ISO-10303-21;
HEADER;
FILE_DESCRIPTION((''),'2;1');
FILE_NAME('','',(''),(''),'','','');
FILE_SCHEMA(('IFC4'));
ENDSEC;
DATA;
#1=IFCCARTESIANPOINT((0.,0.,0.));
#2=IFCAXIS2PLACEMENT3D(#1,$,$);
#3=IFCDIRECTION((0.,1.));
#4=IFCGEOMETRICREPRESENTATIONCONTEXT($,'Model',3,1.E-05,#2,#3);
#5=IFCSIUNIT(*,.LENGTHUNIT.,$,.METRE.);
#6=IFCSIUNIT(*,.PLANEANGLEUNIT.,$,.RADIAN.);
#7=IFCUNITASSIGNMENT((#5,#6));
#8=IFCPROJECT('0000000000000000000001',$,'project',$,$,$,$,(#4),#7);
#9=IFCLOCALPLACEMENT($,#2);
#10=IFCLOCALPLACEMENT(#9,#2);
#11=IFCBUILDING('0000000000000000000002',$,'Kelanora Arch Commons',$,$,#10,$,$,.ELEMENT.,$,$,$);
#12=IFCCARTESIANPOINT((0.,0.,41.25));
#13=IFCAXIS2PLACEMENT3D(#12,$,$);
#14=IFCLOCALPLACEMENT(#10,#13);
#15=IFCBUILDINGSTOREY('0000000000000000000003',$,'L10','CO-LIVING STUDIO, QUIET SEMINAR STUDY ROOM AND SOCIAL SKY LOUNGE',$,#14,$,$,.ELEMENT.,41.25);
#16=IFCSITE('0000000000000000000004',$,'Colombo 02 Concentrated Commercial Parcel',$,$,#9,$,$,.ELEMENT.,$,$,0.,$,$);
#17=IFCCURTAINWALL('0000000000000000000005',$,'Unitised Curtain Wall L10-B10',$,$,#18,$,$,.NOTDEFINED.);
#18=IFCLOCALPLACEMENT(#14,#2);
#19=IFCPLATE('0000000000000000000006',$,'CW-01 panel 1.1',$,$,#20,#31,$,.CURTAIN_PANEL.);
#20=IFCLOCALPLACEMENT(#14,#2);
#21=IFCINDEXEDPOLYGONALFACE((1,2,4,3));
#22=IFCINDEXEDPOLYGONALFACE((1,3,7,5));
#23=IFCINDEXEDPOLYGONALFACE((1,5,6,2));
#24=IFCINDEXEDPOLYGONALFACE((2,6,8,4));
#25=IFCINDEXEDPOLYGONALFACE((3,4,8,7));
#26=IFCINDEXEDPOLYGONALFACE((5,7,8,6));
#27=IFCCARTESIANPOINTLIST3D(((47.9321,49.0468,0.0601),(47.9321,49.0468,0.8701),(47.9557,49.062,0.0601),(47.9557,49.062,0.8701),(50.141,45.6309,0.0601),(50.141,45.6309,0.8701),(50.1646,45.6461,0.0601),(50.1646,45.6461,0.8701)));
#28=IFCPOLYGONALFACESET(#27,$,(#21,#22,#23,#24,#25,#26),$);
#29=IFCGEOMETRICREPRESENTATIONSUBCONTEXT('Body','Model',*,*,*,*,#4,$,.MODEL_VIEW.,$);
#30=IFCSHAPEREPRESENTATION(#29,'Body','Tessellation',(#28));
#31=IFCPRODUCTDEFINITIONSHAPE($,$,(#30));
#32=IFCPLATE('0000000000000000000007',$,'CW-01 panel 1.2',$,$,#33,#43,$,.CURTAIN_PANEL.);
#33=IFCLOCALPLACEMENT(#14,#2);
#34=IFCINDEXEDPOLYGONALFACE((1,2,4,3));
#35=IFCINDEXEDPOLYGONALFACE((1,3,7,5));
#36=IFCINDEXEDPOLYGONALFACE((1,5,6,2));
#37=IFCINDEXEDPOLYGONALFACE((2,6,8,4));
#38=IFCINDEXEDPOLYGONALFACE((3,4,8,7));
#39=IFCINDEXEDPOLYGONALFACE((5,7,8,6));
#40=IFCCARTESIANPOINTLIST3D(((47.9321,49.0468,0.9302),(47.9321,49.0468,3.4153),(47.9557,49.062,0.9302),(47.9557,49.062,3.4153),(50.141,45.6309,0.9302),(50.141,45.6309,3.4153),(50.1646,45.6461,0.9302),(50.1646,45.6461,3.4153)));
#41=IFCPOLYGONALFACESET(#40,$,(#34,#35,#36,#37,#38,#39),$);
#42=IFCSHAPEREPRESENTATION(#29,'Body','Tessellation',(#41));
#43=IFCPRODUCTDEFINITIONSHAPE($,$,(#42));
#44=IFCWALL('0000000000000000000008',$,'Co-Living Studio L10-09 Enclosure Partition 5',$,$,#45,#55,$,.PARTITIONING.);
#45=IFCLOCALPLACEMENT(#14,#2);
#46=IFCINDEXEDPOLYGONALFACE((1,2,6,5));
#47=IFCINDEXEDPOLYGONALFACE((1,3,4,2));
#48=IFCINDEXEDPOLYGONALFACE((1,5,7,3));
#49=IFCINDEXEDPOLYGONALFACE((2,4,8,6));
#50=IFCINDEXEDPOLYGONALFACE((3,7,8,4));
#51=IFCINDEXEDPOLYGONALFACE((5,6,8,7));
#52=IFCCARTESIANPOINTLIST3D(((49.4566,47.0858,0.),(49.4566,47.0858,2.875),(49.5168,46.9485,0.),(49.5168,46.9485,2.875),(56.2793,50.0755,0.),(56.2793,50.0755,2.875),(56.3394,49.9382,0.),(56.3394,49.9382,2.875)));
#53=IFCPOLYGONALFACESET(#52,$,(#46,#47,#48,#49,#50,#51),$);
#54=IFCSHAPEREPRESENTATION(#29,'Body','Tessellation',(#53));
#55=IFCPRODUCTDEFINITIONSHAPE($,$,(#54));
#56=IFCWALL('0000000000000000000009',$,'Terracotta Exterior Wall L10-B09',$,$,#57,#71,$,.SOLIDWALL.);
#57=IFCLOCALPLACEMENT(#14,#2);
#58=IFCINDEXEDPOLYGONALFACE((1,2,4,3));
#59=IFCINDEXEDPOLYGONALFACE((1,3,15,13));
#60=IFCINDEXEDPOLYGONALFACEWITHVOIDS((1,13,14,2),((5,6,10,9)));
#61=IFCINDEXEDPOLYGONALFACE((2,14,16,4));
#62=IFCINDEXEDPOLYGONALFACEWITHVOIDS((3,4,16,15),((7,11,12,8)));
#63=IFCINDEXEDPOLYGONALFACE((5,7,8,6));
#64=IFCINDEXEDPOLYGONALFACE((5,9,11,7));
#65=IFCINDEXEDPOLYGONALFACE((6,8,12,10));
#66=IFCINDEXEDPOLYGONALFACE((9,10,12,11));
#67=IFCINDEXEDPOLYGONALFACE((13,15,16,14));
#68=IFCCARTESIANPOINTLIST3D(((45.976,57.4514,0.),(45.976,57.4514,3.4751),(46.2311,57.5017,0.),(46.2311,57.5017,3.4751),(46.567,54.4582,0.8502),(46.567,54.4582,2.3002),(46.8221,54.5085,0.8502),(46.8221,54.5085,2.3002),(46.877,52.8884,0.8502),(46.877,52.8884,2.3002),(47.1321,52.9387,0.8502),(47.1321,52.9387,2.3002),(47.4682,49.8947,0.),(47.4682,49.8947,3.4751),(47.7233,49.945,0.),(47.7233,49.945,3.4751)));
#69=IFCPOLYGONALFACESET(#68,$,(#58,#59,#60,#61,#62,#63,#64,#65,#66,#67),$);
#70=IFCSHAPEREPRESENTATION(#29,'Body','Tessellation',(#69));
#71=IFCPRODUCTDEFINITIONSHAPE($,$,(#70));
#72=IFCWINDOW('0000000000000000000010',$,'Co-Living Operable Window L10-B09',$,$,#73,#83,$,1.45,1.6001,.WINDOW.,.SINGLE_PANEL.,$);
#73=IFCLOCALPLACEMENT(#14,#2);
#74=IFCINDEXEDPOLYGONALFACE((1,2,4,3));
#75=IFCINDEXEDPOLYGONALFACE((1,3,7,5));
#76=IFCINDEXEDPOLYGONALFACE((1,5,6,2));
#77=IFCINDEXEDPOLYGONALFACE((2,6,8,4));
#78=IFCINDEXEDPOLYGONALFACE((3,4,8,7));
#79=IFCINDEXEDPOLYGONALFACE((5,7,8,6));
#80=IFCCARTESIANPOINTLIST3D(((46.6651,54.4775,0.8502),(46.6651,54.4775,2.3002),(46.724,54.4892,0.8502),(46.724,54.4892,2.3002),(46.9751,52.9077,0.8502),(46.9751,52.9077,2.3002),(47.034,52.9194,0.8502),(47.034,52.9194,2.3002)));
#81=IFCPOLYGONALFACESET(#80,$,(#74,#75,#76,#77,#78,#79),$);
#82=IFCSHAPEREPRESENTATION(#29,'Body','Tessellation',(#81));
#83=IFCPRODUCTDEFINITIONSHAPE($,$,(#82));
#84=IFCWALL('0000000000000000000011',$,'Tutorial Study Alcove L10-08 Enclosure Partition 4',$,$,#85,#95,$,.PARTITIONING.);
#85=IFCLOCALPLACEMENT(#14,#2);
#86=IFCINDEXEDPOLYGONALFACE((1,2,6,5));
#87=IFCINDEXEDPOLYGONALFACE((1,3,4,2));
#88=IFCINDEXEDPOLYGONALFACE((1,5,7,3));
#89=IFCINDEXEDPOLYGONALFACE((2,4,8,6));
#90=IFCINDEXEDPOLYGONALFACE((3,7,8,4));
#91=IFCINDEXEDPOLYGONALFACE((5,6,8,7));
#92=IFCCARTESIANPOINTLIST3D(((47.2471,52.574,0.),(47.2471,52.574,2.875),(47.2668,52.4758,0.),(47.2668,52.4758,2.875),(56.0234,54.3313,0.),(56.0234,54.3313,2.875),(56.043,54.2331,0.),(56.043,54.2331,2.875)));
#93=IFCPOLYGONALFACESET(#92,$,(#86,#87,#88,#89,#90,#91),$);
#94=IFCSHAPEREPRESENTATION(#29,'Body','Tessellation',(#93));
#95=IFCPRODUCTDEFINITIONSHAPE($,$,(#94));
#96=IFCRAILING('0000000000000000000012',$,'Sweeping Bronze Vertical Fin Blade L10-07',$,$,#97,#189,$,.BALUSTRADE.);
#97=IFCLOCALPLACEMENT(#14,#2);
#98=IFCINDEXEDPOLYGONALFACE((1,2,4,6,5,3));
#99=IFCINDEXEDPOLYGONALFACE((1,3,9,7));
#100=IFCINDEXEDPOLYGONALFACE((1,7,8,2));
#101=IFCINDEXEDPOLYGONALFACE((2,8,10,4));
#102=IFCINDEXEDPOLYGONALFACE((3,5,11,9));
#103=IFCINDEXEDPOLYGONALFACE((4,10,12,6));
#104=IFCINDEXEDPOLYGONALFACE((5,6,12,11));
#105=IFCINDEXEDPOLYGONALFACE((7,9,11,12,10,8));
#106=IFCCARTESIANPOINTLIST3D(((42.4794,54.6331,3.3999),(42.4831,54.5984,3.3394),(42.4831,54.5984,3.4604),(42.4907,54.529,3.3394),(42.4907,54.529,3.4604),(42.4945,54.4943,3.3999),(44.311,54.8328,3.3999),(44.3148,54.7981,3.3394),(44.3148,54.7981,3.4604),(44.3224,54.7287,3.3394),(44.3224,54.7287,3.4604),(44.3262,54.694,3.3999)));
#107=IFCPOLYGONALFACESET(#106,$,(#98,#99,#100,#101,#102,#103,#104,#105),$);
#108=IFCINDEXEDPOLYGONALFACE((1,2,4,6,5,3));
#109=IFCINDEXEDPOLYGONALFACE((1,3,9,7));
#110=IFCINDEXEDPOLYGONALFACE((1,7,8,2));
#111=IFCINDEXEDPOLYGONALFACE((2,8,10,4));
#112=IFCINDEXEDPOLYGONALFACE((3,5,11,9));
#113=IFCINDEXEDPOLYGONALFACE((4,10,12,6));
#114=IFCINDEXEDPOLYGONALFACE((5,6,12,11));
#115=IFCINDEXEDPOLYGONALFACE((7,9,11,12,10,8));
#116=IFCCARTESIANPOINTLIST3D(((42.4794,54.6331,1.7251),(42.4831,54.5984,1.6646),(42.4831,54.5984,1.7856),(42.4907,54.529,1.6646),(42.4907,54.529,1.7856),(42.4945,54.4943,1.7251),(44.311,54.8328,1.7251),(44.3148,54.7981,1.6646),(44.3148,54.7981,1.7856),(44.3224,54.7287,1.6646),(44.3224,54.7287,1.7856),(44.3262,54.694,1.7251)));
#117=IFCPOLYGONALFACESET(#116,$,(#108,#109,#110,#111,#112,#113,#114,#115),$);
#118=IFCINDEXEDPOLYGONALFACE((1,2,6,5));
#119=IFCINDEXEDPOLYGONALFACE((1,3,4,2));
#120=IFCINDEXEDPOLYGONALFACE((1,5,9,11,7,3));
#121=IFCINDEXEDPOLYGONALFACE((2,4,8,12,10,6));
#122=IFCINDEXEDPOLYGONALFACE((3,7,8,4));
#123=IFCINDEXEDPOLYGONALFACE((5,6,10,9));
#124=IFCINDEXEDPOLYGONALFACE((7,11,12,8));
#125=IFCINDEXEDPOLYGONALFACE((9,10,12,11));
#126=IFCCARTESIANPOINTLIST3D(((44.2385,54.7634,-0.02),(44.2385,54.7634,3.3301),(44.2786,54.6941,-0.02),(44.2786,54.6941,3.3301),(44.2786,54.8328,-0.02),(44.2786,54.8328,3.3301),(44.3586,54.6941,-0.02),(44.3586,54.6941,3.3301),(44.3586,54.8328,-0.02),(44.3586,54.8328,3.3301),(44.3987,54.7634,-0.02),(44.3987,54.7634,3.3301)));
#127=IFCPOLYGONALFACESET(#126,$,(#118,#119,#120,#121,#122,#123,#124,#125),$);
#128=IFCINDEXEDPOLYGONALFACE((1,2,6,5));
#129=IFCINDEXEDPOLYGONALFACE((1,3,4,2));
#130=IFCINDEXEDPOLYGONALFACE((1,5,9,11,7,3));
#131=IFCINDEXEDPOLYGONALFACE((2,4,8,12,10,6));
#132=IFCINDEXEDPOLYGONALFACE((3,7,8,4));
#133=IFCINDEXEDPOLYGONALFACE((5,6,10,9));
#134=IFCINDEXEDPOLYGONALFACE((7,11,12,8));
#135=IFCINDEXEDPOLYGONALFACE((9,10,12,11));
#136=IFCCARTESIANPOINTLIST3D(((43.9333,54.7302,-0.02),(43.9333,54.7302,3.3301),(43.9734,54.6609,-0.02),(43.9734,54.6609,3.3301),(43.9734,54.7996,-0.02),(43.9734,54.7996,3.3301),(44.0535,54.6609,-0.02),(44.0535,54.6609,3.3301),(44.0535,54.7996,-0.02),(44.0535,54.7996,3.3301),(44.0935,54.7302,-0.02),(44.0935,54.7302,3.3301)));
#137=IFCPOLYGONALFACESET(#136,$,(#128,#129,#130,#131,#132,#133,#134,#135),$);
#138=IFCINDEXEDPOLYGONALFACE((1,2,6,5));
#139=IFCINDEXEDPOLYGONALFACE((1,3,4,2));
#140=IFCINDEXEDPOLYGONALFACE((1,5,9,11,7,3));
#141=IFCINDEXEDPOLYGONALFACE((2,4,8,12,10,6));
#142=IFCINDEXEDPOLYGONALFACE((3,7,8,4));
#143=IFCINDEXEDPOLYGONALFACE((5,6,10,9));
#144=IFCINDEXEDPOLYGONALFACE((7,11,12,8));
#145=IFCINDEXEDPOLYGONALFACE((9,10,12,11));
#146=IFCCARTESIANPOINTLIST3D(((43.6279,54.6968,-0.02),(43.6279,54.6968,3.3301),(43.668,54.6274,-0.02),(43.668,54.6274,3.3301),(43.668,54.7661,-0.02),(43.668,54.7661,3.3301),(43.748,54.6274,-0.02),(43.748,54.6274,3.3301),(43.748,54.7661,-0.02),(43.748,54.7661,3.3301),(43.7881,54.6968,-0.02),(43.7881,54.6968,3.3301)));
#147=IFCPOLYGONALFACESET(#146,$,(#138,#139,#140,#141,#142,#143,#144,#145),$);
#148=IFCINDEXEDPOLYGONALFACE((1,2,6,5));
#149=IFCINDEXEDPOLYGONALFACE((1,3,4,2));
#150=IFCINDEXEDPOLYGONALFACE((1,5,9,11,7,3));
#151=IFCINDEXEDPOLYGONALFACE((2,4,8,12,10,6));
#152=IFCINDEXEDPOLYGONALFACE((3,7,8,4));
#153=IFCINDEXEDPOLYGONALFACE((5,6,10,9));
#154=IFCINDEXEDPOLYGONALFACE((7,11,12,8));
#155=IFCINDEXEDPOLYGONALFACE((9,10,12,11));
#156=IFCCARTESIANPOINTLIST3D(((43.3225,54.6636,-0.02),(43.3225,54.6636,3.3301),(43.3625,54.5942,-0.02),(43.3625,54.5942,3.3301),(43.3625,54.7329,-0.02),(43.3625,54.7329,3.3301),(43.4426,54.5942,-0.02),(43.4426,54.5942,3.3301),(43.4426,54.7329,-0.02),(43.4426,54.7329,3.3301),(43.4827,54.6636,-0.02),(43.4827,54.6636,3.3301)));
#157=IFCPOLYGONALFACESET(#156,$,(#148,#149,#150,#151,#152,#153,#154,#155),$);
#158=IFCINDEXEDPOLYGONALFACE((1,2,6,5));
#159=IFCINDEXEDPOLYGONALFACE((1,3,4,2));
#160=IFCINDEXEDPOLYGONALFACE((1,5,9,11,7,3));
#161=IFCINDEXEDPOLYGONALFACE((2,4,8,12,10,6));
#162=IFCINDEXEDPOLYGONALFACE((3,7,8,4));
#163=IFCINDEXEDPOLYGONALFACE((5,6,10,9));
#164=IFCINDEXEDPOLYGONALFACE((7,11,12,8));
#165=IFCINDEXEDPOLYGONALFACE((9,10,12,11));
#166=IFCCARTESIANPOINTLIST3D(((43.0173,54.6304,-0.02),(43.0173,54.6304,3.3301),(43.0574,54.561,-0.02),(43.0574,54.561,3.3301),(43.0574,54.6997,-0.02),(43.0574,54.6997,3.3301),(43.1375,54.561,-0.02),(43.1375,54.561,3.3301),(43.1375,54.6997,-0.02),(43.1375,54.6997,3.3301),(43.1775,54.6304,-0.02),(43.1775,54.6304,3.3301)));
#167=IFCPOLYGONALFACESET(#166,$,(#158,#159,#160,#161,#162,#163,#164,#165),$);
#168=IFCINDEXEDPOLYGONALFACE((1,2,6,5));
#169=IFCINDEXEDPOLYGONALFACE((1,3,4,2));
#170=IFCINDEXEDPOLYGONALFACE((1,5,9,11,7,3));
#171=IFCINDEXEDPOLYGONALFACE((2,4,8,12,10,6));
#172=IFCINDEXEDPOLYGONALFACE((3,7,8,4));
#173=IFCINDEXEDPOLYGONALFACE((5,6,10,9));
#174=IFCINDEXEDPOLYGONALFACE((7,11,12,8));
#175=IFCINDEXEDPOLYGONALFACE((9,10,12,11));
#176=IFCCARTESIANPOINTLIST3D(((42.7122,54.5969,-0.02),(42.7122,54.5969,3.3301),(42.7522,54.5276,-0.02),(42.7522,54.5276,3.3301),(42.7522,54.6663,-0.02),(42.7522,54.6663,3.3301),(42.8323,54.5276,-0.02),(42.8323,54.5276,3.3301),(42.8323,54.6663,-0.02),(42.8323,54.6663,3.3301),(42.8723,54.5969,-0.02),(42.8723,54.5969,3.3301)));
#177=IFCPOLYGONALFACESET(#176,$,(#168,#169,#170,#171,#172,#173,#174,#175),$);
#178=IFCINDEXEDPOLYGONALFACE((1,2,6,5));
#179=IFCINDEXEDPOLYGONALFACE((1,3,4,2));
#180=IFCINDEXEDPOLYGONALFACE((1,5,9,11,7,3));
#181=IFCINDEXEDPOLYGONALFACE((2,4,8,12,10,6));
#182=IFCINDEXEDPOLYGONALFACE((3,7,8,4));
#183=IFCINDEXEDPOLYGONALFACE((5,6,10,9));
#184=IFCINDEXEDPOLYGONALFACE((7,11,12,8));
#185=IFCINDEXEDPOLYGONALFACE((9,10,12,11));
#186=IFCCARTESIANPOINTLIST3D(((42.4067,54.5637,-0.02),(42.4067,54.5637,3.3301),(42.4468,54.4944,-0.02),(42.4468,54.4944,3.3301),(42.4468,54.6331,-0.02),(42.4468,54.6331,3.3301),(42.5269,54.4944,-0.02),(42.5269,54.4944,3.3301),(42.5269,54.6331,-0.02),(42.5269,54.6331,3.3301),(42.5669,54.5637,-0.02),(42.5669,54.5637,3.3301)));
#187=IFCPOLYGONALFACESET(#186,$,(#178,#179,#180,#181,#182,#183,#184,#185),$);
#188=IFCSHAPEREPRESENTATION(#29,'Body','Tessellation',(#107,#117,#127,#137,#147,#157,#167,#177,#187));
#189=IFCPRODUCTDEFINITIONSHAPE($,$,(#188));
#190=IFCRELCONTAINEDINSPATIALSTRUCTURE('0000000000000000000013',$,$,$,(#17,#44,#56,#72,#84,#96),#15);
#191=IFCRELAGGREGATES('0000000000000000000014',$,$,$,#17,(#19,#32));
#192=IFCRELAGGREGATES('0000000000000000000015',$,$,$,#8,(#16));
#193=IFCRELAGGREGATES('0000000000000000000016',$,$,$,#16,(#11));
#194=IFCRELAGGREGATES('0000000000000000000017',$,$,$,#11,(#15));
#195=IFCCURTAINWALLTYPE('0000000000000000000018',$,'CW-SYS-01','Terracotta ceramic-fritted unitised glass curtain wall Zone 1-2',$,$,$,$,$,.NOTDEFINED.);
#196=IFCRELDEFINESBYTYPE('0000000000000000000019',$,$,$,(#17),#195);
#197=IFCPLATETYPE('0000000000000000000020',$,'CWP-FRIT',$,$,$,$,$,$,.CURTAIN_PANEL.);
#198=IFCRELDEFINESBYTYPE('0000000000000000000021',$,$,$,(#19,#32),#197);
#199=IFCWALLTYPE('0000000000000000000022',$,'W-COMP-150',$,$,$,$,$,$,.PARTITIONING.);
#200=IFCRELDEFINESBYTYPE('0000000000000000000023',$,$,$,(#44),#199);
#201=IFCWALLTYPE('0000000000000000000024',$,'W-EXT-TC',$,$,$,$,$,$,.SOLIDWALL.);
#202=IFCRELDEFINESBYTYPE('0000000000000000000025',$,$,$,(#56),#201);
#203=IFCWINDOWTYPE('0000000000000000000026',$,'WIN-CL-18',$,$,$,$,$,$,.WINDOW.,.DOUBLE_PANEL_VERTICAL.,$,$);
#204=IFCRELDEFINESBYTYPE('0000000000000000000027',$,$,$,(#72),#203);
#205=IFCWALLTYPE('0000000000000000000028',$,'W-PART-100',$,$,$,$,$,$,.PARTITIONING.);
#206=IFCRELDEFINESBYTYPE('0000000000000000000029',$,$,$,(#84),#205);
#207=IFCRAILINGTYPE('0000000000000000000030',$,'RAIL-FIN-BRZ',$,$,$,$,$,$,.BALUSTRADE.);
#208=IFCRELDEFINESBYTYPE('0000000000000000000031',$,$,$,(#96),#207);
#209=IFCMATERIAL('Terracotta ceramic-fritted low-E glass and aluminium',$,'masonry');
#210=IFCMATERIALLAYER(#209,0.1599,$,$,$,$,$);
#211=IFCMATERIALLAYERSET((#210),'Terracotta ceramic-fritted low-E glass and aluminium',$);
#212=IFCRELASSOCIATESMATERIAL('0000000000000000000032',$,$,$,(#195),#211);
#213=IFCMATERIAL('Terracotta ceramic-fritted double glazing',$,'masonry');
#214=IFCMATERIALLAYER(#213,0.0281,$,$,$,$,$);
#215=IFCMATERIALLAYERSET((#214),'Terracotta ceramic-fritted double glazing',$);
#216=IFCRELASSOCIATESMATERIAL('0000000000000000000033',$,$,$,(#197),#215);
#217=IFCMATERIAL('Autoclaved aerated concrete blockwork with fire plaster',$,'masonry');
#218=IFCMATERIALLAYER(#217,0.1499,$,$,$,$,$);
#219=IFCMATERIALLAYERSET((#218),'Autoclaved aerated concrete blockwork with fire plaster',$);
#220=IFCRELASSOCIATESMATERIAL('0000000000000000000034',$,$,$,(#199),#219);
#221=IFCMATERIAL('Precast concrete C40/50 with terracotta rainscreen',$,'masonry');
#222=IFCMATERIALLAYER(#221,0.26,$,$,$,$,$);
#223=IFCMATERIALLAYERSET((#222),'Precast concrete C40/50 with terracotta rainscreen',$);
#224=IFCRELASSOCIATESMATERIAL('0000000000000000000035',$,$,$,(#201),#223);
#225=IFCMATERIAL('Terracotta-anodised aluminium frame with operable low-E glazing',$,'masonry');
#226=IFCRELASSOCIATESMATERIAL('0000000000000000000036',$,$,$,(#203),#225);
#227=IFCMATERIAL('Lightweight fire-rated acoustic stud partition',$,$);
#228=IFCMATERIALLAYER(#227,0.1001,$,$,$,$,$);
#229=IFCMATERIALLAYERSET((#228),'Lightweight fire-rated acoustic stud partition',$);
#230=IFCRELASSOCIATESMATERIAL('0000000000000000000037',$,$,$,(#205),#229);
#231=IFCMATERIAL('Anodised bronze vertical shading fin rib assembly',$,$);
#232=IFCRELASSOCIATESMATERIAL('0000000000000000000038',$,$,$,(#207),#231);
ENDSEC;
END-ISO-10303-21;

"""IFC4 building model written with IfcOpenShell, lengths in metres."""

from ifc_helpers import new_model, si_unit, direction, frame, frame_2d, origin, origin_2d, place, context, subcontext, project, spatial, polyline, rectangle, outline, extrude, source, transform, mapped, material, layer, layer_set, type_object, element, fill, aggregate, save


model = new_model("IFC4")

# Units and contexts
model_context = context("Model", 3, precision=1e-05, world=origin(), true_north=direction((0.0, 1.0)))
body_context = subcontext(model_context, "Body", "Model", "MODEL_VIEW")
ifc_project = project(units=[si_unit("LENGTHUNIT", "METRE"), si_unit("PLANEANGLEUNIT", "RADIAN")], contexts=[model_context])

# Site, building, storey
site_placement = place(None, origin())
site = spatial("IfcSite", under=ifc_project, at=site_placement, Name="Colombo 02 Concentrated Commercial Parcel", CompositionType="ELEMENT", RefElevation=0.0)
building_placement = place(site_placement, origin())
building = spatial("IfcBuilding", under=site, at=building_placement, Name="Kelanora Arch Commons", CompositionType="ELEMENT")
storey_placement = place(building_placement, frame((0.0, 0.0, 41.25)))
storey = spatial("IfcBuildingStorey", under=building, at=storey_placement, Name="L10", Description="CO-LIVING STUDIO, QUIET SEMINAR STUDY ROOM AND SOCIAL SKY LOUNGE", CompositionType="ELEMENT", Elevation=41.25)

# Curtain wall
ifc_material_1 = material(Name="Terracotta ceramic-fritted low-E glass and aluminium", Category="masonry")
ifc_layer_1 = layer(ifc_material_1, 0.1599)
ifc_layer_set_1 = layer_set([ifc_layer_1], Name="Terracotta ceramic-fritted low-E glass and aluminium")
curtain_wall_type = type_object("IfcCurtainWallType", Name="CW-SYS-01", Description="Terracotta ceramic-fritted unitised glass curtain wall Zone 1-2", PredefinedType="NOTDEFINED", material=ifc_layer_set_1)
curtain_wall_placement = place(storey_placement, origin())
curtain_wall = element("IfcCurtainWall", 1, at=curtain_wall_placement, inside=storey, type_object=curtain_wall_type, Name="Unitised Curtain Wall L10-B10", PredefinedType="NOTDEFINED")

# Plates
ifc_material_2 = material(Name="Terracotta ceramic-fritted double glazing", Category="masonry")
ifc_layer_2 = layer(ifc_material_2, 0.0281)
ifc_layer_set_2 = layer_set([ifc_layer_2], Name="Terracotta ceramic-fritted double glazing")
plate_type = type_object("IfcPlateType", Name="CWP-FRIT", PredefinedType="CURTAIN_PANEL", material=ifc_layer_set_2)
shared_shape_1 = source(origin(), body_context, "Body", "SweptSolid", [
    extrude(rectangle(XDim=4.0679, YDim=0.0281, at=origin_2d()), origin(), (0.0, 0.0, 1.0), 0.8101),
])
plate_1_placement = place(storey_placement, frame((49.0483, 47.3464, 0.0601), z_axis=(0.0, 0.0, 1.0), x_axis=(0.543004, -0.83973, 0.0)))
plate_1 = element("IfcPlate", 2, at=plate_1_placement, type_object=plate_type, Name="CW-01 panel 1.1", PredefinedType="CURTAIN_PANEL", context=body_context, shape_type="MappedRepresentation", body=[
    mapped(shared_shape_1, transform((0.0, 0.0, 0.0), scale=1.0)),
])
shared_shape_2 = source(origin(), body_context, "Body", "SweptSolid", [
    extrude(rectangle(XDim=4.0679, YDim=0.0281, at=origin_2d()), origin(), (0.0, 0.0, 1.0), 2.4851),
])
plate_2_placement = place(storey_placement, frame((49.0483, 47.3464, 0.9302), z_axis=(0.0, 0.0, 1.0), x_axis=(0.543004, -0.83973, 0.0)))
plate_2 = element("IfcPlate", 3, at=plate_2_placement, type_object=plate_type, Name="CW-01 panel 1.2", PredefinedType="CURTAIN_PANEL", context=body_context, shape_type="MappedRepresentation", body=[
    mapped(shared_shape_2, transform((0.0, 0.0, 0.0), scale=1.0)),
])
aggregate(curtain_wall, [plate_1, plate_2])

# Wall
ifc_material_3 = material(Name="Autoclaved aerated concrete blockwork with fire plaster", Category="masonry")
ifc_layer_3 = layer(ifc_material_3, 0.1499)
ifc_layer_set_3 = layer_set([ifc_layer_3], Name="Autoclaved aerated concrete blockwork with fire plaster")
wall_type_1 = type_object("IfcWallType", Name="W-COMP-150", PredefinedType="PARTITIONING", material=ifc_layer_set_3)
wall_1_placement = place(storey_placement, frame((49.4866, 47.0171, 0.0), z_axis=(0.0, 0.0, 1.0), x_axis=(0.915921, 0.401359, 0.0)))
element("IfcWall", 4, at=wall_1_placement, inside=storey, type_object=wall_type_1, Name="Co-Living Studio L10-09 Enclosure Partition 5", PredefinedType="PARTITIONING", context=body_context, shape_type="SweptSolid", body=[
    extrude(rectangle(XDim=7.449, YDim=0.1499, at=frame_2d((3.7246, 0.0))), origin(), (0.0, 0.0, 1.0), 2.875),
])

# Wall, opening, window
ifc_material_4 = material(Name="Precast concrete C40/50 with terracotta rainscreen", Category="masonry")
ifc_layer_4 = layer(ifc_material_4, 0.26)
ifc_layer_set_4 = layer_set([ifc_layer_4], Name="Precast concrete C40/50 with terracotta rainscreen")
wall_type_2 = type_object("IfcWallType", Name="W-EXT-TC", PredefinedType="SOLIDWALL", material=ifc_layer_set_4)
wall_2_placement = place(storey_placement, frame((46.1035, 57.4766, 0.0), z_axis=(0.0, 0.0, 1.0), x_axis=(0.193726, -0.981056, 0.0)))
wall_2 = element("IfcWall", 5, at=wall_2_placement, inside=storey, type_object=wall_type_2, Name="Terracotta Exterior Wall L10-B09", PredefinedType="SOLIDWALL", context=body_context, shape_type="SweptSolid", body=[
    extrude(rectangle(XDim=7.7026, YDim=0.26, at=frame_2d((3.8513, 0.0))), origin(), (0.0, 0.0, 1.0), 3.4751),
])
opening_placement = place(wall_2_placement, frame((3.051, 0.0, 0.8501)))
opening = element("IfcOpeningElement", 6, at=opening_placement, cuts=wall_2, PredefinedType="OPENING", context=body_context, shape_type="SweptSolid", body=[
    extrude(rectangle(XDim=1.6001, YDim=1.45, at=frame_2d((0.8, 0.7251))), frame((0.0, 0.1401, 0.0), z_axis=(0.0, -1.0, 0.0), x_axis=(1.0, 0.0, 0.0)), (0.0, 0.0, 1.0), 0.28),
])
ifc_material_5 = material(Name="Terracotta-anodised aluminium frame with operable low-E glazing", Category="masonry")
window_type = type_object("IfcWindowType", Name="WIN-CL-18", PartitioningType="DOUBLE_PANEL_VERTICAL", PredefinedType="WINDOW", material=ifc_material_5)
window_placement = place(opening_placement, origin())
window = element("IfcWindow", 7, at=window_placement, inside=storey, type_object=window_type, Name="Co-Living Operable Window L10-B09", OverallHeight=1.45, OverallWidth=1.6001, PartitioningType="SINGLE_PANEL", PredefinedType="WINDOW", context=body_context, shape_type="SweptSolid", body=[
    extrude(rectangle(XDim=1.6001, YDim=1.45, at=frame_2d((0.8, 0.7251))), frame((0.0, 0.03, 0.0), z_axis=(0.0, -1.0, 0.0), x_axis=(1.0, 0.0, 0.0)), (0.0, 0.0, 1.0), 0.0601),
])
fill(opening, window)

# Wall
ifc_material_6 = material(Name="Lightweight fire-rated acoustic stud partition")
ifc_layer_5 = layer(ifc_material_6, 0.1001)
ifc_layer_set_5 = layer_set([ifc_layer_5], Name="Lightweight fire-rated acoustic stud partition")
wall_type_3 = type_object("IfcWallType", Name="W-PART-100", PredefinedType="PARTITIONING", material=ifc_layer_set_5)
wall_3_placement = place(storey_placement, frame((47.2571, 52.5249, 0.0), z_axis=(0.0, 0.0, 1.0), x_axis=(0.980536, 0.196342, 0.0)))
element("IfcWall", 8, at=wall_3_placement, inside=storey, type_object=wall_type_3, Name="Tutorial Study Alcove L10-08 Enclosure Partition 4", PredefinedType="PARTITIONING", context=body_context, shape_type="SweptSolid", body=[
    extrude(rectangle(XDim=8.9504, YDim=0.1001, at=frame_2d((4.4751, 0.0))), origin(), (0.0, 0.0, 1.0), 2.875),
])

# Railing
ifc_material_7 = material(Name="Anodised bronze vertical shading fin rib assembly")
railing_type = type_object("IfcRailingType", Name="RAIL-FIN-BRZ", PredefinedType="BALUSTRADE", material=ifc_material_7)
railing_1_placement = place(storey_placement, frame((44.3186, 54.7634, -0.02)))
element("IfcRailing", 9, at=railing_1_placement, inside=storey, type_object=railing_type, Name="Sweeping Bronze Vertical Fin Blade L10-07", PredefinedType="BALUSTRADE", context=body_context, shape_type="SweptSolid", body=[
    extrude(outline(polyline([(0.0698, 0.0), (0.0349, 0.0605), (-0.0349, 0.0605), (-0.0698, 0.0), (-0.0349, -0.0605), (0.0349, -0.0605), (0.0698, 0.0)])), frame((0.0, 0.0, 3.4199), z_axis=(-0.994109, -0.108381, 0.0), x_axis=(0.108381, -0.994109, 0.0)), (0.0, 0.0, 1.0), 1.8425),
    extrude(outline(polyline([(0.0698, 0.0), (0.0349, 0.0605), (-0.0349, 0.0605), (-0.0698, 0.0), (-0.0349, -0.0605), (0.0349, -0.0605), (0.0698, 0.0)])), frame((0.0, 0.0, 1.7451), z_axis=(-0.994109, -0.108381, 0.0), x_axis=(0.108381, -0.994109, 0.0)), (0.0, 0.0, 1.0), 1.8425),
    extrude(outline(polyline([(0.0801, 0.0), (0.04, 0.0693), (-0.04, 0.0693), (-0.0801, 0.0), (-0.04, -0.0693), (0.04, -0.0693), (0.0801, 0.0)])), origin(), (0.0, 0.0, 1.0), 3.3501),
    extrude(outline(polyline([(0.0801, 0.0), (0.04, 0.0693), (-0.04, 0.0693), (-0.0801, 0.0), (-0.04, -0.0693), (0.04, -0.0693), (0.0801, 0.0)])), frame((-0.3052, -0.0332, 0.0)), (0.0, 0.0, 1.0), 3.3501),
    extrude(outline(polyline([(0.0801, 0.0), (0.04, 0.0693), (-0.04, 0.0693), (-0.0801, 0.0), (-0.04, -0.0693), (0.04, -0.0693), (0.0801, 0.0)])), frame((-0.6106, -0.0667, 0.0)), (0.0, 0.0, 1.0), 3.3501),
    extrude(outline(polyline([(0.0801, 0.0), (0.04, 0.0693), (-0.04, 0.0693), (-0.0801, 0.0), (-0.04, -0.0693), (0.04, -0.0693), (0.0801, 0.0)])), frame((-0.916, -0.0999, 0.0)), (0.0, 0.0, 1.0), 3.3501),
    extrude(outline(polyline([(0.0801, 0.0), (0.04, 0.0693), (-0.04, 0.0693), (-0.0801, 0.0), (-0.04, -0.0693), (0.04, -0.0693), (0.0801, 0.0)])), frame((-1.2212, -0.1331, 0.0)), (0.0, 0.0, 1.0), 3.3501),
    extrude(outline(polyline([(0.0801, 0.0), (0.04, 0.0693), (-0.04, 0.0693), (-0.0801, 0.0), (-0.04, -0.0693), (0.04, -0.0693), (0.0801, 0.0)])), frame((-1.5264, -0.1665, 0.0)), (0.0, 0.0, 1.0), 3.3501),
    extrude(outline(polyline([(0.0801, 0.0), (0.04, 0.0693), (-0.04, 0.0693), (-0.0801, 0.0), (-0.04, -0.0693), (0.04, -0.0693), (0.0801, 0.0)])), frame((-1.8318, -0.1997, 0.0)), (0.0, 0.0, 1.0), 3.3501),
])

save(model, "model.ifc")
